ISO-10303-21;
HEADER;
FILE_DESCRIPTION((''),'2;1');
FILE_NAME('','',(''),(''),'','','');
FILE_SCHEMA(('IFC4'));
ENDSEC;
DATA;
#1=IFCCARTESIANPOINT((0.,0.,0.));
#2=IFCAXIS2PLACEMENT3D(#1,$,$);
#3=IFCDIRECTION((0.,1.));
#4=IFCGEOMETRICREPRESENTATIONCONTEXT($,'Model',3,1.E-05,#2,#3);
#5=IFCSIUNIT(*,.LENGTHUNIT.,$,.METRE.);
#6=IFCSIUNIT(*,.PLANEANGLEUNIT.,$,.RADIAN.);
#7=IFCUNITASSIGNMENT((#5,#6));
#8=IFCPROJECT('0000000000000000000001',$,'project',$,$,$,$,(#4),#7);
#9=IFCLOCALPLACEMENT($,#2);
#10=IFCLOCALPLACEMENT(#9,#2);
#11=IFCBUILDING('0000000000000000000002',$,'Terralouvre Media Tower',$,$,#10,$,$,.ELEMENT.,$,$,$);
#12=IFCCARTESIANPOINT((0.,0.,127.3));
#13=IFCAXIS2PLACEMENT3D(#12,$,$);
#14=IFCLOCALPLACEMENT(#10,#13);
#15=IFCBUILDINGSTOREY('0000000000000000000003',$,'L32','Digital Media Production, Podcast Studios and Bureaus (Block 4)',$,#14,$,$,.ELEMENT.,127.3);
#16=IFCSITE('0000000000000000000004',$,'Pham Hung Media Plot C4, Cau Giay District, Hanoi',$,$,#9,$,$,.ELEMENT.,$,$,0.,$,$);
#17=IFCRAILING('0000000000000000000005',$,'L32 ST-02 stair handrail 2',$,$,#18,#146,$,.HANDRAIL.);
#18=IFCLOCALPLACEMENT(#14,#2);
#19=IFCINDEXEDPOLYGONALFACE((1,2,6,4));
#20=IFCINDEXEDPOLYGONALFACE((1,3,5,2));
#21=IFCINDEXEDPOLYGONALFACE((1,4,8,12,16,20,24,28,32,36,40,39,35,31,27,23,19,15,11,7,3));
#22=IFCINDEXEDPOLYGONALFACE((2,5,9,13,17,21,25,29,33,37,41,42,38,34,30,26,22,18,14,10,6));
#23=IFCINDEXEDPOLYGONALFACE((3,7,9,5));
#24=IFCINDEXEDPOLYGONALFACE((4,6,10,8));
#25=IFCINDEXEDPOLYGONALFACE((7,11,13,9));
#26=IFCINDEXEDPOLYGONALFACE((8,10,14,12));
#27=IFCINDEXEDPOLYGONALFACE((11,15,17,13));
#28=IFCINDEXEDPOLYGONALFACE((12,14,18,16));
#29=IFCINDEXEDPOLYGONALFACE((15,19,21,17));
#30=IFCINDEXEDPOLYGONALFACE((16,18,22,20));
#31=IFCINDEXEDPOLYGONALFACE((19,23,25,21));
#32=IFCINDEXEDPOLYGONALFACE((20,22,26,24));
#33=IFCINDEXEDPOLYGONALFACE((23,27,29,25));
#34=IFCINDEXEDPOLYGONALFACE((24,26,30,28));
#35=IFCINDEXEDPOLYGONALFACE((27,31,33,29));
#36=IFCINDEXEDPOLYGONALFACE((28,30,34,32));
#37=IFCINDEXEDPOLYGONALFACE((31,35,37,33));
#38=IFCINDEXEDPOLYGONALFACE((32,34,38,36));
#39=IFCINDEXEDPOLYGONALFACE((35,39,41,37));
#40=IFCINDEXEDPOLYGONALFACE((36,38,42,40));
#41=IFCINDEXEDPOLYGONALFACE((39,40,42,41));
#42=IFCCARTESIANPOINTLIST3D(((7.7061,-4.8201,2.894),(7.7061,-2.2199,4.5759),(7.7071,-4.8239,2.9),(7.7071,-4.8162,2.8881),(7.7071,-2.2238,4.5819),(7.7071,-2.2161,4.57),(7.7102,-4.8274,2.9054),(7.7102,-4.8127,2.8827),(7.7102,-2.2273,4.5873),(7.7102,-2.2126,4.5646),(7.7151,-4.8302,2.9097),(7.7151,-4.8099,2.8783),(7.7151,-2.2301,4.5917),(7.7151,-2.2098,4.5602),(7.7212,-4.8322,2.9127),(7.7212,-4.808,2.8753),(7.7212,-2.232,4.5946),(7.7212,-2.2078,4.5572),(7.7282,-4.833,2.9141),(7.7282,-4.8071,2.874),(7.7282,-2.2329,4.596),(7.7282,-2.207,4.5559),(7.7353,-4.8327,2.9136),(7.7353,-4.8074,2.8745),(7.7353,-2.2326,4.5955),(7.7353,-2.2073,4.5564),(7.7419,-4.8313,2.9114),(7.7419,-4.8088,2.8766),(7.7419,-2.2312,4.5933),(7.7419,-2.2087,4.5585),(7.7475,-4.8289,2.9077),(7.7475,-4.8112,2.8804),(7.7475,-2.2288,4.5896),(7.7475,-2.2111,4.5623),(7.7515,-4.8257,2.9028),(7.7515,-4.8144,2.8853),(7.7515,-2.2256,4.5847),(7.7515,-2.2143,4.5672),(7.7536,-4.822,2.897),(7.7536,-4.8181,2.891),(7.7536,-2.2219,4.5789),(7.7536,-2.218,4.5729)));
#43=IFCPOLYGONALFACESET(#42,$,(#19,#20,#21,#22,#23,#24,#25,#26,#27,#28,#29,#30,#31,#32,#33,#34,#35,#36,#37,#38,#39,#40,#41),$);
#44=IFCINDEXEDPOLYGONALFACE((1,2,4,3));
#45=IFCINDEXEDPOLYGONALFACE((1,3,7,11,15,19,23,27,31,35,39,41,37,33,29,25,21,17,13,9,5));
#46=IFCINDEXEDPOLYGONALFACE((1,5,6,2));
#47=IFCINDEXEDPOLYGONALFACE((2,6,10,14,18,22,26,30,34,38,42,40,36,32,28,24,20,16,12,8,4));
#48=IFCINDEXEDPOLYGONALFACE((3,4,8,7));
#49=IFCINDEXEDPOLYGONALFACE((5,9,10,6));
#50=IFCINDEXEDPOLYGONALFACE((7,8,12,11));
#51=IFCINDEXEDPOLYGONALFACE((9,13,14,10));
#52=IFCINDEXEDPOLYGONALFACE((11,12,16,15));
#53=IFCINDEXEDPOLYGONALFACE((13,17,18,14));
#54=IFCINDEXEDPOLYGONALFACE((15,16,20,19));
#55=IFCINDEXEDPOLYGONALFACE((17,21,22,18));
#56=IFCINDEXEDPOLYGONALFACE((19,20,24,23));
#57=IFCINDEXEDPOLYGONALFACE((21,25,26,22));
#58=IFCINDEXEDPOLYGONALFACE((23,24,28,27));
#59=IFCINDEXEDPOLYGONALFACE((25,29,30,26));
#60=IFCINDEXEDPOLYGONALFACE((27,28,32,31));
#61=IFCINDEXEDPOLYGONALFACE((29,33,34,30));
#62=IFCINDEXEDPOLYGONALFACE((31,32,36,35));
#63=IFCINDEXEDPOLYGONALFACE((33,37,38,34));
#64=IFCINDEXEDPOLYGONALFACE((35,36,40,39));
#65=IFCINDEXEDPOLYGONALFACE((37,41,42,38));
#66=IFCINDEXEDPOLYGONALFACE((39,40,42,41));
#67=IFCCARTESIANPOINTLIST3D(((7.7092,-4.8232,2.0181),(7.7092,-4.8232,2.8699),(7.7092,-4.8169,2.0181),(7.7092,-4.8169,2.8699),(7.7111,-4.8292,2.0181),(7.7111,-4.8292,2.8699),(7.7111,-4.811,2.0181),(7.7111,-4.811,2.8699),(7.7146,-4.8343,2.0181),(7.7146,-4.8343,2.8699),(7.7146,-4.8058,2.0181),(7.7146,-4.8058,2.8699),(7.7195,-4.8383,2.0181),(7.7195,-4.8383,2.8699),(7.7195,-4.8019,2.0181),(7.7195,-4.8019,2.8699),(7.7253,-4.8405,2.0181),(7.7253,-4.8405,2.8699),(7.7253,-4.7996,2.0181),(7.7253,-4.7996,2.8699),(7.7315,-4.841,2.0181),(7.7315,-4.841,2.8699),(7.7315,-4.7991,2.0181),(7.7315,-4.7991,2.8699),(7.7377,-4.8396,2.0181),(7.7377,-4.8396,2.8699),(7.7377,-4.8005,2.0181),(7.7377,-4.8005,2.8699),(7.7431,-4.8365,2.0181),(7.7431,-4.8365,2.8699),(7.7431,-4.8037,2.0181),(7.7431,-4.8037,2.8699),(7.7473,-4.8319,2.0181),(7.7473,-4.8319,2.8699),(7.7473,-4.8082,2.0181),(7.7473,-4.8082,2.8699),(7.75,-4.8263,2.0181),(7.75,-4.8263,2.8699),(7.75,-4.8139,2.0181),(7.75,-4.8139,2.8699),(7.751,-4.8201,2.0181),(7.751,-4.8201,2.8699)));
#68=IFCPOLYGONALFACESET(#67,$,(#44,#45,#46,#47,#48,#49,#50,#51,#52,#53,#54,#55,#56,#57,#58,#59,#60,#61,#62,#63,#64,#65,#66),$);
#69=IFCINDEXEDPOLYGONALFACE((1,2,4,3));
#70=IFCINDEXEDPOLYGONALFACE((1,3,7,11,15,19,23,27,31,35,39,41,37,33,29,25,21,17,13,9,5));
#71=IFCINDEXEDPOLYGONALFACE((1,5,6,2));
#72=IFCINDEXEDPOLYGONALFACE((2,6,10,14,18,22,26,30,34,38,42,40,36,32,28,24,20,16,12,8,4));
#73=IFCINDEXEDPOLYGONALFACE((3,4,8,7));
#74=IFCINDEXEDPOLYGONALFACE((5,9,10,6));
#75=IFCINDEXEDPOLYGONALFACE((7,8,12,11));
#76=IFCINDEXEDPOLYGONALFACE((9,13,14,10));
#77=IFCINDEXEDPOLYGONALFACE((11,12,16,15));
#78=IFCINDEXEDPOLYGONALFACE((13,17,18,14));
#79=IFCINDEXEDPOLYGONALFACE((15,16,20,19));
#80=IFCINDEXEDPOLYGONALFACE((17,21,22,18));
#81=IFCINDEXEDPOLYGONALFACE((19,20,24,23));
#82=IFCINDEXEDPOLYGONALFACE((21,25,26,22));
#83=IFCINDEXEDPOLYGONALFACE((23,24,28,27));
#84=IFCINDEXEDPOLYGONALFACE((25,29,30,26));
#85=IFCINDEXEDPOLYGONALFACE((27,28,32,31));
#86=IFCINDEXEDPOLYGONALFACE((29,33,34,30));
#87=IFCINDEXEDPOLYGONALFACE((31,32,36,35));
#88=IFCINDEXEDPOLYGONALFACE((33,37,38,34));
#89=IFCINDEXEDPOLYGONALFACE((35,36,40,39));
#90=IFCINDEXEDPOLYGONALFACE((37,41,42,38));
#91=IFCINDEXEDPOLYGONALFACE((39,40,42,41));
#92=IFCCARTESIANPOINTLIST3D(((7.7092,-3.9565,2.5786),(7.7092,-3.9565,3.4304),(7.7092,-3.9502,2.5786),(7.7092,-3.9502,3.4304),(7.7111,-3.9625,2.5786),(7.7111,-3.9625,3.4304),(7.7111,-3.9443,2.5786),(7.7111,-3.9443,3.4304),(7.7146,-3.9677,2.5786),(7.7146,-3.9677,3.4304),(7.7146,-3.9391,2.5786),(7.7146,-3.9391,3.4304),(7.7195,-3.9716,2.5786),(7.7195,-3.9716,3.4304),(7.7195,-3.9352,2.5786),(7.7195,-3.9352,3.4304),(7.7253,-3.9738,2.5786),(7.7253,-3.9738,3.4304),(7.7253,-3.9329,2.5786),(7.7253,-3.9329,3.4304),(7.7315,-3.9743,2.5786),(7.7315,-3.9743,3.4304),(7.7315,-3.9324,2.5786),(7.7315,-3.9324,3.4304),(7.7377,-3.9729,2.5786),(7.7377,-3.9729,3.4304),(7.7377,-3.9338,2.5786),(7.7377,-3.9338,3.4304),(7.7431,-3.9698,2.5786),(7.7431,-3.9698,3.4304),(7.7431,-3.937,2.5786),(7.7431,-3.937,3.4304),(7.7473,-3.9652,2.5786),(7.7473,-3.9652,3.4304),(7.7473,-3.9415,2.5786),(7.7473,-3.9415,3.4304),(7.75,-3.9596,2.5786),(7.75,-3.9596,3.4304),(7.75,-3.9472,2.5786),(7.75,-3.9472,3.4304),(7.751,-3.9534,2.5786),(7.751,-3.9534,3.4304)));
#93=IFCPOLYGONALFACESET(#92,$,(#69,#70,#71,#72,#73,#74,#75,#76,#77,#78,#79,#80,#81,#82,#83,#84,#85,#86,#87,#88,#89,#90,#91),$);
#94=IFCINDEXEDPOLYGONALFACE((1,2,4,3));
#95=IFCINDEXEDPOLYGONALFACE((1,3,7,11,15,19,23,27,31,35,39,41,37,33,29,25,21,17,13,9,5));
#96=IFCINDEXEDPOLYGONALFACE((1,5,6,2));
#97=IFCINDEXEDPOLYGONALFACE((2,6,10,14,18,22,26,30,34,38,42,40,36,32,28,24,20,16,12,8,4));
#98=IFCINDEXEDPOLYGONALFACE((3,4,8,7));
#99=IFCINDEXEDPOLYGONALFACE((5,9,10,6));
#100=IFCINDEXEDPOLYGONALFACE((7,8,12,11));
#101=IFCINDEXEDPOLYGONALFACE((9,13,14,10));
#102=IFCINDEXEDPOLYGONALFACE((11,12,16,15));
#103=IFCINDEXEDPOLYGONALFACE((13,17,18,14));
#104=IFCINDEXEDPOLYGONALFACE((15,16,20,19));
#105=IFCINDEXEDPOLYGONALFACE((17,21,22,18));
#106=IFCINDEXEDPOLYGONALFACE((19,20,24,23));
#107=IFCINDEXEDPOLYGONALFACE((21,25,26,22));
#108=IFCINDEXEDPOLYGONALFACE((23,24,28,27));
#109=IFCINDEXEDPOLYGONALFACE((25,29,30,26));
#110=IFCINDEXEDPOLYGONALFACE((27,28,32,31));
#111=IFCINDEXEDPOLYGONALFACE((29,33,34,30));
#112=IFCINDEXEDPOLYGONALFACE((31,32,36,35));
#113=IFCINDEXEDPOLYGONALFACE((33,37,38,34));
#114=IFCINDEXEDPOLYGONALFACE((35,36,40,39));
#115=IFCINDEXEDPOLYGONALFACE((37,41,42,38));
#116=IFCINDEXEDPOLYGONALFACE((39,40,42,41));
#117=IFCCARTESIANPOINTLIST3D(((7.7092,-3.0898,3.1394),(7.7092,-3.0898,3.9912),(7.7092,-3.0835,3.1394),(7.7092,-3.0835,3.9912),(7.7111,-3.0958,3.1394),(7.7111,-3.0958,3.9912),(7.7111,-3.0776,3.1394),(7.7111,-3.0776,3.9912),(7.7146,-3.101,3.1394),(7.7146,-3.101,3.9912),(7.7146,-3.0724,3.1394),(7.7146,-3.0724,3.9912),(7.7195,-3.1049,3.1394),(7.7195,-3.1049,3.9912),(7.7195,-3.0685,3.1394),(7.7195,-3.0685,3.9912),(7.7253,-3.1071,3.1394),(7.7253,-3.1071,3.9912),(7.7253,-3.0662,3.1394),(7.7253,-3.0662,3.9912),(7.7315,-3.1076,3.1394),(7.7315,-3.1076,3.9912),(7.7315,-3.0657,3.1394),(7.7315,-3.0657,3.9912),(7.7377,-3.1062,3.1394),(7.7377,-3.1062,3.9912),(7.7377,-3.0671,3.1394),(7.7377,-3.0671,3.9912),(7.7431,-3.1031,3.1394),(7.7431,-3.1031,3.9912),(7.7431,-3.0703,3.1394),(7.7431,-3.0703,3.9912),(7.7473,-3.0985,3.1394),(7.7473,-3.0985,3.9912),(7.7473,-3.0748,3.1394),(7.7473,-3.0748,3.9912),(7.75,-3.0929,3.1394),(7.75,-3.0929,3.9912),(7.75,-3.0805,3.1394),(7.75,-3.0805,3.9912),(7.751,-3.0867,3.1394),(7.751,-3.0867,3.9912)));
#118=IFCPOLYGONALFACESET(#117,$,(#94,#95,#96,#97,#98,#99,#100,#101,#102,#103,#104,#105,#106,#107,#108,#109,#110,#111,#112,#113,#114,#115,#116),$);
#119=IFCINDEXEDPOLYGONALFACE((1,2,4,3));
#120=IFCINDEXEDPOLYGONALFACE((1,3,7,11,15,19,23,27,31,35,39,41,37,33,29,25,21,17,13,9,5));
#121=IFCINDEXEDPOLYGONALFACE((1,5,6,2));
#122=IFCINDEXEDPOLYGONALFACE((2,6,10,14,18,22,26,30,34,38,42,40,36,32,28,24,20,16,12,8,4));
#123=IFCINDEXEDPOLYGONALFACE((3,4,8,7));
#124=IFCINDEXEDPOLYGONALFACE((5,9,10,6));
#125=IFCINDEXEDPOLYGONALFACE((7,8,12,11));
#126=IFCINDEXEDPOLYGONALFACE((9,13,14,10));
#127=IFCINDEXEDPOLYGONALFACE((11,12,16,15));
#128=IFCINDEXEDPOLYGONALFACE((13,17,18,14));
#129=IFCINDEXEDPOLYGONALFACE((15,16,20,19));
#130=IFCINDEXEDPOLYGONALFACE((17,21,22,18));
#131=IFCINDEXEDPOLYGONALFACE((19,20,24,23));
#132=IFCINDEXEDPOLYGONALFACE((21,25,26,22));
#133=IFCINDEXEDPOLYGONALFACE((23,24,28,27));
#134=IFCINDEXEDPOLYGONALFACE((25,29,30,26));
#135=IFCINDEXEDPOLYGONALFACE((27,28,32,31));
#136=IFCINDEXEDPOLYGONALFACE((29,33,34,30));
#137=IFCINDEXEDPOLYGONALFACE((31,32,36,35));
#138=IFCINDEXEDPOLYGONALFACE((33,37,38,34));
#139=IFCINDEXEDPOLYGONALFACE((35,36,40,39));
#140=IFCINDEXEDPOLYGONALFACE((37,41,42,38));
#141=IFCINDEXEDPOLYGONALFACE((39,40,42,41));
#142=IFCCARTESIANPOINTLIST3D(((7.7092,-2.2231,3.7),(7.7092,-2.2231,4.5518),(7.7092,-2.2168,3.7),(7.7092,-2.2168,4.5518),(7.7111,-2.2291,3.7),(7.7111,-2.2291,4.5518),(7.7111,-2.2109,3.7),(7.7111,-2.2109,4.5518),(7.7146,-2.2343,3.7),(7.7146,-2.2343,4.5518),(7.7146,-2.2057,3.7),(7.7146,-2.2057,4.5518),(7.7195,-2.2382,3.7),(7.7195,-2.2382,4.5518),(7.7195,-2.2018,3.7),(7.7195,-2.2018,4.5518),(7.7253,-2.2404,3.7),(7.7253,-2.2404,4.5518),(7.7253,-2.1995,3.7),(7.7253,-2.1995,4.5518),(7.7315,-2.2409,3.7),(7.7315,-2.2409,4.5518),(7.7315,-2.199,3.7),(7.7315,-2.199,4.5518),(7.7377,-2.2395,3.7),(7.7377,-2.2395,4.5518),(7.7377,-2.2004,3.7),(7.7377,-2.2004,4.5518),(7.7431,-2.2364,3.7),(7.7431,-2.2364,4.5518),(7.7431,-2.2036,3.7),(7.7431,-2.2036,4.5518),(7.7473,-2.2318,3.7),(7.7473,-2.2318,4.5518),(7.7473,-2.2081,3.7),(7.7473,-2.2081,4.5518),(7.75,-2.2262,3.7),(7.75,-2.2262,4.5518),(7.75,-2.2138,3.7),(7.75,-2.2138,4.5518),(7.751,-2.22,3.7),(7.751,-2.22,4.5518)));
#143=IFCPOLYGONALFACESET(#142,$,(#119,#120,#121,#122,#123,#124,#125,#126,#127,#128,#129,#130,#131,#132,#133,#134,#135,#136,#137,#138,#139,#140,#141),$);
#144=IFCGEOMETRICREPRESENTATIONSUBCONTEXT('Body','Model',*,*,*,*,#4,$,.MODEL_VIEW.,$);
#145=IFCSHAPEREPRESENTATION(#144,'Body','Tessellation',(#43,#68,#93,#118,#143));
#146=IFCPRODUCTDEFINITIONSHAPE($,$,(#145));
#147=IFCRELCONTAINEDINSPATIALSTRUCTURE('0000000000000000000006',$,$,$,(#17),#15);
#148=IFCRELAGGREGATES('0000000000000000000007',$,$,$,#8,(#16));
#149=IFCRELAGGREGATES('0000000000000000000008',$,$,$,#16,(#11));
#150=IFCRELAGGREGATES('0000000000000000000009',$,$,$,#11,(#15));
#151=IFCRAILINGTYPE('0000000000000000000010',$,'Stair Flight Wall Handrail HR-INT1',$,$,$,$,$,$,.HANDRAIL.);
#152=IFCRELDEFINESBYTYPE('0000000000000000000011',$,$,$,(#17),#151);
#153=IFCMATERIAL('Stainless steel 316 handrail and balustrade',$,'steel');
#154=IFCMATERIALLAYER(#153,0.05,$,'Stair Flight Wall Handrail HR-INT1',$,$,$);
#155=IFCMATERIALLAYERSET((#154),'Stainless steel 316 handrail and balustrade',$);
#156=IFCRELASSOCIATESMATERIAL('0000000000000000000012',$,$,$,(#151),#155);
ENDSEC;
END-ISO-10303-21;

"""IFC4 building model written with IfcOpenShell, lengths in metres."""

from ifc_helpers import new_model, si_unit, direction, frame, origin, origin_2d, place, context, subcontext, project, spatial, circle, extrude, material, layer, layer_set, type_object, element, save


model = new_model("IFC4")

# Units and contexts
model_context = context("Model", 3, precision=1e-05, world=origin(), true_north=direction((0.0, 1.0)))
body_context = subcontext(model_context, "Body", "Model", "MODEL_VIEW")
ifc_project = project(units=[si_unit("LENGTHUNIT", "METRE"), si_unit("PLANEANGLEUNIT", "RADIAN")], contexts=[model_context])

# Site, building, storey
site_placement = place(None, origin())
site = spatial("IfcSite", under=ifc_project, at=site_placement, Name="Pham Hung Media Plot C4, Cau Giay District, Hanoi", CompositionType="ELEMENT", RefElevation=0.0)
building_placement = place(site_placement, origin())
building = spatial("IfcBuilding", under=site, at=building_placement, Name="Terralouvre Media Tower", CompositionType="ELEMENT")
storey_placement = place(building_placement, frame((0.0, 0.0, 127.3)))
storey = spatial("IfcBuildingStorey", under=building, at=storey_placement, Name="L32", Description="Digital Media Production, Podcast Studios and Bureaus (Block 4)", CompositionType="ELEMENT", Elevation=127.3)

# Railing
ifc_material_1 = material(Name="Stainless steel 316 handrail and balustrade", Category="steel")
ifc_layer_1 = layer(ifc_material_1, 0.05, Name="Stair Flight Wall Handrail HR-INT1")
ifc_layer_set_1 = layer_set([ifc_layer_1], Name="Stainless steel 316 handrail and balustrade")
railing_type_1 = type_object("IfcRailingType", Name="Stair Flight Wall Handrail HR-INT1", PredefinedType="HANDRAIL", material=ifc_layer_set_1)
railing_1_placement = place(storey_placement, frame((7.73, -4.8201, 2.0181)))
element("IfcRailing", 1, at=railing_1_placement, inside=storey, type_object=railing_type_1, Name="L32 ST-02 stair handrail 2", PredefinedType="HANDRAIL", context=body_context, shape_type="SweptSolid", body=[
    extrude(circle(Radius=0.0239, at=origin_2d()), frame((0.0, 0.0, 0.876), z_axis=(0.0, 0.839648, 0.54313), x_axis=(-1.0, 0.0, 0.0)), (0.0, 0.0, 1.0), 3.0967),
    extrude(circle(Radius=0.021, at=origin_2d()), origin(), (0.0, 0.0, 1.0), 0.8518),
    extrude(circle(Radius=0.021, at=origin_2d()), frame((0.0, 0.8667, 0.5605)), (0.0, 0.0, 1.0), 0.8518),
    extrude(circle(Radius=0.021, at=origin_2d()), frame((0.0, 1.7334, 1.1213)), (0.0, 0.0, 1.0), 0.8518),
    extrude(circle(Radius=0.021, at=origin_2d()), frame((0.0, 2.6001, 1.6819)), (0.0, 0.0, 1.0), 0.8518),
])

save(model, "model.ifc")
